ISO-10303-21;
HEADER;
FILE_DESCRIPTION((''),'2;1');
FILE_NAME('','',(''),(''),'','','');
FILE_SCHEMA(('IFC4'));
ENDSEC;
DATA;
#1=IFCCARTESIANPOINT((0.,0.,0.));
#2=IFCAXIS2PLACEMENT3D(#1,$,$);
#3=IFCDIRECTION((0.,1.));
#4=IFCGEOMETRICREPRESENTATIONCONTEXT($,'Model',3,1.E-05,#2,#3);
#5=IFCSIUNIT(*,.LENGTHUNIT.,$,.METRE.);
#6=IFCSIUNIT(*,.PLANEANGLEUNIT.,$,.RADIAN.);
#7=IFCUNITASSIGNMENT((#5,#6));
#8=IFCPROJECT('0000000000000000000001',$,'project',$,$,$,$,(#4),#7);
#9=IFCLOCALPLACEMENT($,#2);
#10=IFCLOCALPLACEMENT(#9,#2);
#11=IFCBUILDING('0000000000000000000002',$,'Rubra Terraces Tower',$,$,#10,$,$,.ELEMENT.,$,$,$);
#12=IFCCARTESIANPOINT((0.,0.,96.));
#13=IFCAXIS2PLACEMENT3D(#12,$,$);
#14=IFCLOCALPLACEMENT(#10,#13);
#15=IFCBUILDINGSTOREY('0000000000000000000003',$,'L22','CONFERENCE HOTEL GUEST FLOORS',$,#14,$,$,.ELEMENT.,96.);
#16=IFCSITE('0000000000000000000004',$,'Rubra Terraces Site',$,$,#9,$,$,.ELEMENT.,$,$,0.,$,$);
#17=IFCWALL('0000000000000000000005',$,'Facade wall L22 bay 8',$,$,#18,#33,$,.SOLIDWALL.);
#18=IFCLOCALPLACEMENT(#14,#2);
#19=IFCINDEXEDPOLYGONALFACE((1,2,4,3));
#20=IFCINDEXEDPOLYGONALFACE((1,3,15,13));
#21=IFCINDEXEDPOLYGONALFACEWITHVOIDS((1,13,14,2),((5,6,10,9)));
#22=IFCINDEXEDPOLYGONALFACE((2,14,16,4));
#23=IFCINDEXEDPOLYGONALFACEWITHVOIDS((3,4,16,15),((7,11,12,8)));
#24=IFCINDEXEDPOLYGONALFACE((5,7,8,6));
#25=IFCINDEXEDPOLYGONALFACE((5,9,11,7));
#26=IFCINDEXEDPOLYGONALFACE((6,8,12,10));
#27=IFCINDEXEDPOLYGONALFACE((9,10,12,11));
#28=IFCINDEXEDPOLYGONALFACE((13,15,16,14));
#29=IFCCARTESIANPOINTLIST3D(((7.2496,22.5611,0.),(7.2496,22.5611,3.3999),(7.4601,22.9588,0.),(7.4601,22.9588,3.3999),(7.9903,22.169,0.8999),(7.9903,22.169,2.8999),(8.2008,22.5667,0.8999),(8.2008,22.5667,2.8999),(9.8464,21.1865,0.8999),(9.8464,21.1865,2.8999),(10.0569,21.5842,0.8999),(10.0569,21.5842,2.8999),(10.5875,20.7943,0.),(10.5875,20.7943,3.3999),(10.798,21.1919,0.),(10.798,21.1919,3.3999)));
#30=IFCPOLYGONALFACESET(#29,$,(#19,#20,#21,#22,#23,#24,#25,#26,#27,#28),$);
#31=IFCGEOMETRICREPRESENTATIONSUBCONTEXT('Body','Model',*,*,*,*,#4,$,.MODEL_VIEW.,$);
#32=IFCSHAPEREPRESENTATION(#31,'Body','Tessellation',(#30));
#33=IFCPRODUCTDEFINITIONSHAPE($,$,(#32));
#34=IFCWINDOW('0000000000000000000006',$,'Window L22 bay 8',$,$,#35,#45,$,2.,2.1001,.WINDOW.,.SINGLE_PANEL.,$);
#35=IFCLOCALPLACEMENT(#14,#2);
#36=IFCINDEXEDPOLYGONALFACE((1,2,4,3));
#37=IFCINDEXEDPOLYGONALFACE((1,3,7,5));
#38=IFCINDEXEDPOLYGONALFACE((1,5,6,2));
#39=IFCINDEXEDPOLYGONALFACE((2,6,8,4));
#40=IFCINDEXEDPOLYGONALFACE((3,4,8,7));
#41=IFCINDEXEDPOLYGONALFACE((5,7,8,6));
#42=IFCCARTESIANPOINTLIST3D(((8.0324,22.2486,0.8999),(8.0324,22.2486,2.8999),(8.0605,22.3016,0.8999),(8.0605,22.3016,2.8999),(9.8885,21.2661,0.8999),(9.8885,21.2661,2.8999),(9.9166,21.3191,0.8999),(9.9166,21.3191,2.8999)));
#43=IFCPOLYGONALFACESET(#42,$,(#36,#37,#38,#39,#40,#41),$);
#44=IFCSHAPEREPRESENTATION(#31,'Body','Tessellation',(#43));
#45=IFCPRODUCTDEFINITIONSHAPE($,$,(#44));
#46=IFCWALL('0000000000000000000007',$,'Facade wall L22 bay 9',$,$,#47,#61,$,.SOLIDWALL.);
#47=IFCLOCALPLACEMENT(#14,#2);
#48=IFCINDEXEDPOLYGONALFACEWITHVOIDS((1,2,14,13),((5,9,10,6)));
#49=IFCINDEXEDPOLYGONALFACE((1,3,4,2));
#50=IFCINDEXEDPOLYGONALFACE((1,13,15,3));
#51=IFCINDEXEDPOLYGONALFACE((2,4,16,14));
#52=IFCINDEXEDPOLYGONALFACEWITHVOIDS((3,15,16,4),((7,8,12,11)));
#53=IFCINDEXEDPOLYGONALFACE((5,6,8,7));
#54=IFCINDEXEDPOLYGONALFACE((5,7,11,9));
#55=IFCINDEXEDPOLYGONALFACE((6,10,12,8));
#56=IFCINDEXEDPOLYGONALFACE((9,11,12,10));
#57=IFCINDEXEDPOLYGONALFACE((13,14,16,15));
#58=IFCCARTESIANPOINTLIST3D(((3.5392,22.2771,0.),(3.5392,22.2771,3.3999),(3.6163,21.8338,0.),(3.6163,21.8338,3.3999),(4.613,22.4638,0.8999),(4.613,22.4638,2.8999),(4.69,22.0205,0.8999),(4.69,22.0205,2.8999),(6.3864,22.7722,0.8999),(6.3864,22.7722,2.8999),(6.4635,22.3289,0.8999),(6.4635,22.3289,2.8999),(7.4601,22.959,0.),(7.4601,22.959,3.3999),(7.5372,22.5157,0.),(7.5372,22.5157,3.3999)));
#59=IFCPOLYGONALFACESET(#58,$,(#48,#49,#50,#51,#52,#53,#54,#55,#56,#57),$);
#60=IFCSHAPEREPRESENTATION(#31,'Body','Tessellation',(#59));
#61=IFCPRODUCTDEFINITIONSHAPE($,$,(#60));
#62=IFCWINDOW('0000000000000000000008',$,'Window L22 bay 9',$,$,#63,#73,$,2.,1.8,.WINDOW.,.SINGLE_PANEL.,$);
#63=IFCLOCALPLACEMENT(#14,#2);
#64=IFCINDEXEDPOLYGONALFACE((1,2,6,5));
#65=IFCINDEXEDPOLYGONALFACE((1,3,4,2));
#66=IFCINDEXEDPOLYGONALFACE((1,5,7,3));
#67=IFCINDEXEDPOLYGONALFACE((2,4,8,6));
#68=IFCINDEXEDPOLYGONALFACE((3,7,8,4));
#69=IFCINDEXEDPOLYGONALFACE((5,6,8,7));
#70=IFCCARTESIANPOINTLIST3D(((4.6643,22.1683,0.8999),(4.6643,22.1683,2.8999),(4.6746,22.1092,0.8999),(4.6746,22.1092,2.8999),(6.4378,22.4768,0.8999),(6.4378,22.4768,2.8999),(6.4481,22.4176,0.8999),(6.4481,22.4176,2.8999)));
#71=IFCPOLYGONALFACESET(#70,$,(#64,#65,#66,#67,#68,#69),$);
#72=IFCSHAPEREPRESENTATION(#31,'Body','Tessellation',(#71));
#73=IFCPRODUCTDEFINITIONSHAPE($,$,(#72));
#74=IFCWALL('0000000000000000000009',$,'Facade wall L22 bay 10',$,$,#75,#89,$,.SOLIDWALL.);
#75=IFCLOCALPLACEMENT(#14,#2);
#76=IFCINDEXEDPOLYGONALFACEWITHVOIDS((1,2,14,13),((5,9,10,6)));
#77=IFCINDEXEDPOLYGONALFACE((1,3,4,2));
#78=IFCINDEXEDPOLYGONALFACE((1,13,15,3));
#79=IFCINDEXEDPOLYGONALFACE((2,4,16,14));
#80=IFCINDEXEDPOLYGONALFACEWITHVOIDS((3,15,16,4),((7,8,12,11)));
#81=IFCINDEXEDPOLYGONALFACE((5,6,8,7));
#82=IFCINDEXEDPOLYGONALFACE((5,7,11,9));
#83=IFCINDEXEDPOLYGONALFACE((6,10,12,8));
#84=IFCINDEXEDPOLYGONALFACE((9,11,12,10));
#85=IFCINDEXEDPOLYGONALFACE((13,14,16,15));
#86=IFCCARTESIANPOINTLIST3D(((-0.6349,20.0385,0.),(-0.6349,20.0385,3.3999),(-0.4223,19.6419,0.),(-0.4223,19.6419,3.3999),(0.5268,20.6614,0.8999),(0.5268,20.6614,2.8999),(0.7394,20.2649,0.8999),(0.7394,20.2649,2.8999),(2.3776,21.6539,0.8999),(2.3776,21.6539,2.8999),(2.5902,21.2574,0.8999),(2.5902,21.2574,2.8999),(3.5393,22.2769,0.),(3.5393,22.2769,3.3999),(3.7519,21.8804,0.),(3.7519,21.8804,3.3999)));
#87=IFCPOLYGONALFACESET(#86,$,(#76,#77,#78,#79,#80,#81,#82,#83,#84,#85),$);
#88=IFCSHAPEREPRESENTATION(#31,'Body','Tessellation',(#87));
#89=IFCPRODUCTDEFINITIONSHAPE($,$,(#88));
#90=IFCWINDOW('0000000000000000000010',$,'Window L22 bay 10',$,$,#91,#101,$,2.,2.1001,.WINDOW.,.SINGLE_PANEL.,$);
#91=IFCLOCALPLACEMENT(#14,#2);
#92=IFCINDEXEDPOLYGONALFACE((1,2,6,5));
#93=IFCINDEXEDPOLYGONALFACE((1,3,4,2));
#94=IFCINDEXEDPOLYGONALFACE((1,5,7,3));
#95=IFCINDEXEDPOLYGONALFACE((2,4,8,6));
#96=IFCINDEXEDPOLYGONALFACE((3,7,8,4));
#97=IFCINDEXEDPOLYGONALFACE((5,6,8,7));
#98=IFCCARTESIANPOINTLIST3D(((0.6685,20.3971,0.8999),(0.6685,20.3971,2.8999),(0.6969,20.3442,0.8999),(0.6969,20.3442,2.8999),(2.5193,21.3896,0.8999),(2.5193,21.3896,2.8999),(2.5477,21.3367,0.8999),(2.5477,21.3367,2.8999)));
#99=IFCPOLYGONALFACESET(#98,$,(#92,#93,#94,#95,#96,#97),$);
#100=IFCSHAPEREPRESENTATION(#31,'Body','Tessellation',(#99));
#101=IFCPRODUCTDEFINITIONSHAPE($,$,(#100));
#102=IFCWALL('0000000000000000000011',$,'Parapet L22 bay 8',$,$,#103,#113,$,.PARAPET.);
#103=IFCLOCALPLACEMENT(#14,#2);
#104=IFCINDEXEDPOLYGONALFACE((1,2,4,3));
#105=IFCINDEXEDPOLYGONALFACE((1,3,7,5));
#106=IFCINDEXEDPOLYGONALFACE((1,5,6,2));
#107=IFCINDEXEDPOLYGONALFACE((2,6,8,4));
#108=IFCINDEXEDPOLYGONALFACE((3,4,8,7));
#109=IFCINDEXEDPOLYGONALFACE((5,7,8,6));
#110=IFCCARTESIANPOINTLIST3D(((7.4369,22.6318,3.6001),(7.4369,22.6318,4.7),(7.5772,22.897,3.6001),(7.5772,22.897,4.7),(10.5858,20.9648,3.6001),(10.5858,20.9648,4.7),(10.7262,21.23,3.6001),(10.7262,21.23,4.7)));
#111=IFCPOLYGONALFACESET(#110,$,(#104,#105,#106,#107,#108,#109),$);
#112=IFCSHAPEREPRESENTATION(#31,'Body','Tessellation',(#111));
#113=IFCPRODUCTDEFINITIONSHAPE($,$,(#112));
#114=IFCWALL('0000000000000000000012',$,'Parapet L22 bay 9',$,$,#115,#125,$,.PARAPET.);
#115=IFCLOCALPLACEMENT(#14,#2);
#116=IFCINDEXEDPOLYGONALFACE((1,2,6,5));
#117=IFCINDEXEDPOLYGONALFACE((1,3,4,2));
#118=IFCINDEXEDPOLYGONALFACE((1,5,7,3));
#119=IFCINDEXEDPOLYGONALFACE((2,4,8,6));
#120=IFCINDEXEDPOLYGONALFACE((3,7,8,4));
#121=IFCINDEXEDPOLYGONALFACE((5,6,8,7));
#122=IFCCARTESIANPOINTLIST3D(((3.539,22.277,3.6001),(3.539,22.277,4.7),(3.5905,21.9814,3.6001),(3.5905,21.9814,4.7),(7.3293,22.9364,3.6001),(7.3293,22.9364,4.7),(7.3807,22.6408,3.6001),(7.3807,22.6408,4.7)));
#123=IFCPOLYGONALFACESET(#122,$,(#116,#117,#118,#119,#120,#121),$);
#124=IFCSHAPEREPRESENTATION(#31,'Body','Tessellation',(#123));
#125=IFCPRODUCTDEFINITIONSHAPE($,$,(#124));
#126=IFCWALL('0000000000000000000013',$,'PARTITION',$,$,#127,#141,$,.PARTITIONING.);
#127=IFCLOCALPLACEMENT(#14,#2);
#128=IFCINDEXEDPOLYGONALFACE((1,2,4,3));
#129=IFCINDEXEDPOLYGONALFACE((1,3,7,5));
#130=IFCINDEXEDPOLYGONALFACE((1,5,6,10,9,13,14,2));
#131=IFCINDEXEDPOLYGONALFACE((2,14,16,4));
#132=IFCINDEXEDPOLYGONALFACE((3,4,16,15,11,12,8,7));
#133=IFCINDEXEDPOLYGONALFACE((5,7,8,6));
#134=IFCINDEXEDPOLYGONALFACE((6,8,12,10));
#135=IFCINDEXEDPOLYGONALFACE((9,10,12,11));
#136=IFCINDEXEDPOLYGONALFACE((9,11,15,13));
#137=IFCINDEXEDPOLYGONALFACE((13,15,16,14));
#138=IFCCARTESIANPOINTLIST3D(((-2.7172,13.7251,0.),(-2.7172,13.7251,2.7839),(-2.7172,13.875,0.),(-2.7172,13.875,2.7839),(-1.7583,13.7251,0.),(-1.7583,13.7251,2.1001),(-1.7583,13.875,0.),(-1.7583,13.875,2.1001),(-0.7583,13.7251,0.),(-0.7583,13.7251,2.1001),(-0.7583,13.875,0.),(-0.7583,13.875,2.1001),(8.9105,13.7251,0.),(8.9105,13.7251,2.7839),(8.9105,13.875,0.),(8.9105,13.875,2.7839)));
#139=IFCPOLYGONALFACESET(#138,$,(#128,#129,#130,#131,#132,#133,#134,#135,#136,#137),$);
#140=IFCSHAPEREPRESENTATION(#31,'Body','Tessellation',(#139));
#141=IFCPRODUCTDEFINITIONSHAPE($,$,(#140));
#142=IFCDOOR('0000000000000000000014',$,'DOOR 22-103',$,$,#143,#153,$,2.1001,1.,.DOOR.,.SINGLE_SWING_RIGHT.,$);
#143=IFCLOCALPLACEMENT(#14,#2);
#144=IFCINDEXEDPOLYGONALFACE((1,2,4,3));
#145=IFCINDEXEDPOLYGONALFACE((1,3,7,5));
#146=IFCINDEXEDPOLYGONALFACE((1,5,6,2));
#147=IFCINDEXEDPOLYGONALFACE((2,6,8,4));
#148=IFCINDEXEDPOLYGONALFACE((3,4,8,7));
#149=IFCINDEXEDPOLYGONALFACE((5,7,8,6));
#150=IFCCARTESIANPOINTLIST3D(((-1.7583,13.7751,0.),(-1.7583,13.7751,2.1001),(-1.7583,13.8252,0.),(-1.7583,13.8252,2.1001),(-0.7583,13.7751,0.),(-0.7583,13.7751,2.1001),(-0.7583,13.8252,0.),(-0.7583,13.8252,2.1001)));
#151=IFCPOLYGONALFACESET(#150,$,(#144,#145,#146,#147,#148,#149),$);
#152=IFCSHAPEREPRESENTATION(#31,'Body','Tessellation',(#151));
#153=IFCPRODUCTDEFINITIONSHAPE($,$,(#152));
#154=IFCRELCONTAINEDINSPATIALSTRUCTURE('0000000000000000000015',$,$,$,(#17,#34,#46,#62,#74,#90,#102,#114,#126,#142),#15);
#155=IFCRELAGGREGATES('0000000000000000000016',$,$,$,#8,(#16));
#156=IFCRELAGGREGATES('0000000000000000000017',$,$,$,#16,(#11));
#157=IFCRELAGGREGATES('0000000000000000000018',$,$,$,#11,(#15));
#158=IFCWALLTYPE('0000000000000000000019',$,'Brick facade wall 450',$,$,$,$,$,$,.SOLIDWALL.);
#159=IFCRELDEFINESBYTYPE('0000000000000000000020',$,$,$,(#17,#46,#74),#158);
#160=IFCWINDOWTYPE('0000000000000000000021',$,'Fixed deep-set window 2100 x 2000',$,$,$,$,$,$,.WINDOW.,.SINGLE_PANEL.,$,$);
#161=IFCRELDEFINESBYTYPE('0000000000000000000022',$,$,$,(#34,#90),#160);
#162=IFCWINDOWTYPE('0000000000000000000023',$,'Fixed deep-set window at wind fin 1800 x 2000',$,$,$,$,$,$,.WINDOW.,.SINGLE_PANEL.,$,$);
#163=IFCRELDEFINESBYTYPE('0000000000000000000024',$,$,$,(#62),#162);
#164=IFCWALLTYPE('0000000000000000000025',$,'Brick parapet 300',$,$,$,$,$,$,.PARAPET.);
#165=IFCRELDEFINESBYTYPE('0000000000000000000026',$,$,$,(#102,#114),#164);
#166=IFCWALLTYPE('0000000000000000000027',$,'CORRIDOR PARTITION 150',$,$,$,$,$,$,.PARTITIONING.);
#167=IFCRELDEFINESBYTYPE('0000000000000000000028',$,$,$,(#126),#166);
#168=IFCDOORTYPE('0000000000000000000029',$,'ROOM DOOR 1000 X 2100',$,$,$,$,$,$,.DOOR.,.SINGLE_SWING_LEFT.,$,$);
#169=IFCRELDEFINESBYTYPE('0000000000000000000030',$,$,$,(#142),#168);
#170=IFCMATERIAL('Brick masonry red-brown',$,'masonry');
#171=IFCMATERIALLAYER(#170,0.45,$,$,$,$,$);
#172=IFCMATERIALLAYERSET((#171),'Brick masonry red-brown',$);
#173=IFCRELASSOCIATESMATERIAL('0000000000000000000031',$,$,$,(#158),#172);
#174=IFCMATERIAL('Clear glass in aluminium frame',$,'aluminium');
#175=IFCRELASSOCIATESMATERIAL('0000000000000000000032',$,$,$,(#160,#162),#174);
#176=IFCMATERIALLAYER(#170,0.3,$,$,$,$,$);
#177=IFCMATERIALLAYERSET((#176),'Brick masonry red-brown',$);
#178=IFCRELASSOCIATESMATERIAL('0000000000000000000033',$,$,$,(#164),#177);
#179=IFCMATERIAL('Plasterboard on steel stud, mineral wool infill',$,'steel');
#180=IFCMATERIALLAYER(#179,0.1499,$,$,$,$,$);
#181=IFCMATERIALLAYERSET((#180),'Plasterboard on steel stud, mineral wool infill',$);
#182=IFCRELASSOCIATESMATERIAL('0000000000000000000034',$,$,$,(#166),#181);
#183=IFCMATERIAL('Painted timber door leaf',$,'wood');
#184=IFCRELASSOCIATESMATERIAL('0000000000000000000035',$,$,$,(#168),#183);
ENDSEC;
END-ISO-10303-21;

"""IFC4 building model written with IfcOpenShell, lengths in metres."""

from ifc_helpers import new_model, si_unit, direction, frame, frame_2d, origin, place, context, subcontext, project, spatial, rectangle, extrude, material, layer, layer_set, type_object, element, fill, save


model = new_model("IFC4")

# Units and contexts
model_context = context("Model", 3, precision=1e-05, world=origin(), true_north=direction((0.0, 1.0)))
body_context = subcontext(model_context, "Body", "Model", "MODEL_VIEW")
ifc_project = project(units=[si_unit("LENGTHUNIT", "METRE"), si_unit("PLANEANGLEUNIT", "RADIAN")], contexts=[model_context])

# Site, building, storey
site_placement = place(None, origin())
site = spatial("IfcSite", under=ifc_project, at=site_placement, Name="Rubra Terraces Site", CompositionType="ELEMENT", RefElevation=0.0)
building_placement = place(site_placement, origin())
building = spatial("IfcBuilding", under=site, at=building_placement, Name="Rubra Terraces Tower", CompositionType="ELEMENT")
storey_placement = place(building_placement, frame((0.0, 0.0, 96.0)))
storey = spatial("IfcBuildingStorey", under=building, at=storey_placement, Name="L22", Description="CONFERENCE HOTEL GUEST FLOORS", CompositionType="ELEMENT", Elevation=96.0)

# Walls, openings, windows
ifc_material_1 = material(Name="Brick masonry red-brown", Category="masonry")
ifc_layer_1 = layer(ifc_material_1, 0.45)
ifc_layer_set_1 = layer_set([ifc_layer_1], Name="Brick masonry red-brown")
wall_type_1 = type_object("IfcWallType", Name="Brick facade wall 450", PredefinedType="SOLIDWALL", material=ifc_layer_set_1)
wall_1_placement = place(storey_placement, frame((10.6926, 20.9932, 0.0), z_axis=(0.0, 0.0, 1.0), x_axis=(-0.883818, 0.467831, 0.0)))
wall_1 = element("IfcWall", 1, at=wall_1_placement, inside=storey, type_object=wall_type_1, Name="Facade wall L22 bay 8", PredefinedType="SOLIDWALL", context=body_context, shape_type="SweptSolid", body=[
    extrude(rectangle(XDim=3.7766, YDim=0.45, at=frame_2d((1.8882, 0.0))), origin(), (0.0, 0.0, 1.0), 3.3999),
])
opening_1_placement = place(wall_1_placement, frame((0.8384, 0.0, 0.8999)))
opening_1 = element("IfcOpeningElement", 2, at=opening_1_placement, cuts=wall_1, PredefinedType="OPENING", context=body_context, shape_type="SweptSolid", body=[
    extrude(rectangle(XDim=2.1001, YDim=2.0, at=frame_2d((1.05, 1.0))), frame((0.0, 0.2349, 0.0), z_axis=(0.0, -1.0, 0.0), x_axis=(1.0, 0.0, 0.0)), (0.0, 0.0, 1.0), 0.47),
])
ifc_material_2 = material(Name="Clear glass in aluminium frame", Category="aluminium")
window_type_1 = type_object("IfcWindowType", Name="Fixed deep-set window 2100 x 2000", PartitioningType="SINGLE_PANEL", PredefinedType="WINDOW", material=ifc_material_2)
window_1_placement = place(opening_1_placement, origin())
window_1 = element("IfcWindow", 3, at=window_1_placement, inside=storey, type_object=window_type_1, Name="Window L22 bay 8", OverallHeight=2.0, OverallWidth=2.1001, PartitioningType="SINGLE_PANEL", PredefinedType="WINDOW", context=body_context, shape_type="SweptSolid", body=[
    extrude(rectangle(XDim=2.1001, YDim=2.0, at=frame_2d((1.05, 1.0))), frame((0.0, 0.135, 0.0), z_axis=(0.0, -1.0, 0.0), x_axis=(1.0, 0.0, 0.0)), (0.0, 0.0, 1.0), 0.0601),
])
fill(opening_1, window_1)
wall_2_placement = place(storey_placement, frame((7.4985, 22.7373, 0.0), z_axis=(0.0, 0.0, 1.0), x_axis=(-0.985212, -0.171339, 0.0)))
wall_2 = element("IfcWall", 4, at=wall_2_placement, inside=storey, type_object=wall_type_1, Name="Facade wall L22 bay 9", PredefinedType="SOLIDWALL", context=body_context, shape_type="SweptSolid", body=[
    extrude(rectangle(XDim=3.9797, YDim=0.45, at=frame_2d((1.9897, 0.0))), origin(), (0.0, 0.0, 1.0), 3.3999),
])
opening_2_placement = place(wall_2_placement, frame((1.0898, 0.0, 0.8999)))
opening_2 = element("IfcOpeningElement", 5, at=opening_2_placement, cuts=wall_2, PredefinedType="OPENING", context=body_context, shape_type="SweptSolid", body=[
    extrude(rectangle(XDim=1.8, YDim=2.0, at=frame_2d((0.8999, 1.0))), frame((0.0, 0.2349, 0.0), z_axis=(0.0, -1.0, 0.0), x_axis=(1.0, 0.0, 0.0)), (0.0, 0.0, 1.0), 0.47),
])
window_type_2 = type_object("IfcWindowType", Name="Fixed deep-set window at wind fin 1800 x 2000", PartitioningType="SINGLE_PANEL", PredefinedType="WINDOW", material=ifc_material_2)
window_2_placement = place(opening_2_placement, origin())
window_2 = element("IfcWindow", 6, at=window_2_placement, inside=storey, type_object=window_type_2, Name="Window L22 bay 9", OverallHeight=2.0, OverallWidth=1.8, PartitioningType="SINGLE_PANEL", PredefinedType="WINDOW", context=body_context, shape_type="SweptSolid", body=[
    extrude(rectangle(XDim=1.8, YDim=2.0, at=frame_2d((0.8999, 1.0))), frame((0.0, 0.135, 0.0), z_axis=(0.0, -1.0, 0.0), x_axis=(1.0, 0.0, 0.0)), (0.0, 0.0, 1.0), 0.0601),
])
fill(opening_2, window_2)
wall_3_placement = place(storey_placement, frame((3.6455, 22.0786, 0.0), z_axis=(0.0, 0.0, 1.0), x_axis=(-0.881279, -0.472596, 0.0)))
wall_3 = element("IfcWall", 7, at=wall_3_placement, inside=storey, type_object=wall_type_1, Name="Facade wall L22 bay 10", PredefinedType="SOLIDWALL", context=body_context, shape_type="SweptSolid", body=[
    extrude(rectangle(XDim=4.7366, YDim=0.45, at=frame_2d((2.3682, 0.0))), origin(), (0.0, 0.0, 1.0), 3.3999),
])
opening_3_placement = place(wall_3_placement, frame((1.3181, 0.0, 0.8999)))
opening_3 = element("IfcOpeningElement", 8, at=opening_3_placement, cuts=wall_3, PredefinedType="OPENING", context=body_context, shape_type="SweptSolid", body=[
    extrude(rectangle(XDim=2.1001, YDim=2.0, at=frame_2d((1.05, 1.0))), frame((0.0, 0.2349, 0.0), z_axis=(0.0, -1.0, 0.0), x_axis=(1.0, 0.0, 0.0)), (0.0, 0.0, 1.0), 0.47),
])
window_3_placement = place(opening_3_placement, origin())
window_3 = element("IfcWindow", 9, at=window_3_placement, inside=storey, type_object=window_type_1, Name="Window L22 bay 10", OverallHeight=2.0, OverallWidth=2.1001, PartitioningType="SINGLE_PANEL", PredefinedType="WINDOW", context=body_context, shape_type="SweptSolid", body=[
    extrude(rectangle(XDim=2.1001, YDim=2.0, at=frame_2d((1.05, 1.0))), frame((0.0, 0.135, 0.0), z_axis=(0.0, -1.0, 0.0), x_axis=(1.0, 0.0, 0.0)), (0.0, 0.0, 1.0), 0.0601),
])
fill(opening_3, window_3)

# Walls
ifc_layer_2 = layer(ifc_material_1, 0.3)
ifc_layer_set_2 = layer_set([ifc_layer_2], Name="Brick masonry red-brown")
wall_type_2 = type_object("IfcWallType", Name="Brick parapet 300", PredefinedType="PARAPET", material=ifc_layer_set_2)
wall_4_placement = place(storey_placement, frame((10.656, 21.0974, 3.6001), z_axis=(0.0, 0.0, 1.0), x_axis=(-0.883798, 0.467869, 0.0)))
element("IfcWall", 10, at=wall_4_placement, inside=storey, type_object=wall_type_2, Name="Parapet L22 bay 8", PredefinedType="PARAPET", context=body_context, shape_type="SweptSolid", body=[
    extrude(rectangle(XDim=3.563, YDim=0.3, at=frame_2d((1.7815, 0.0))), origin(), (0.0, 0.0, 1.0), 1.0999),
])
wall_5_placement = place(storey_placement, frame((7.355, 22.7886, 3.6001), z_axis=(0.0, 0.0, 1.0), x_axis=(-0.985201, -0.171403, 0.0)))
element("IfcWall", 11, at=wall_5_placement, inside=storey, type_object=wall_type_2, Name="Parapet L22 bay 9", PredefinedType="PARAPET", context=body_context, shape_type="SweptSolid", body=[
    extrude(rectangle(XDim=3.8472, YDim=0.3, at=frame_2d((1.9236, 0.0))), origin(), (0.0, 0.0, 1.0), 1.0999),
])

# Wall, opening, door
ifc_material_3 = material(Name="Plasterboard on steel stud, mineral wool infill", Category="steel")
ifc_layer_3 = layer(ifc_material_3, 0.1499)
ifc_layer_set_3 = layer_set([ifc_layer_3], Name="Plasterboard on steel stud, mineral wool infill")
wall_type_3 = type_object("IfcWallType", Name="CORRIDOR PARTITION 150", PredefinedType="PARTITIONING", material=ifc_layer_set_3)
wall_6_placement = place(storey_placement, frame((8.9106, 13.8, 0.0), z_axis=(0.0, 0.0, 1.0), x_axis=(-1.0, 0.0, 0.0)))
wall_6 = element("IfcWall", 12, at=wall_6_placement, inside=storey, type_object=wall_type_3, Name="PARTITION", PredefinedType="PARTITIONING", context=body_context, shape_type="SweptSolid", body=[
    extrude(rectangle(XDim=11.6277, YDim=0.1499, at=frame_2d((5.814, 0.0))), origin(), (0.0, 0.0, 1.0), 2.7839),
])
opening_4_placement = place(wall_6_placement, frame((9.6689, 0.0, 0.0)))
opening_4 = element("IfcOpeningElement", 13, at=opening_4_placement, cuts=wall_6, PredefinedType="OPENING", context=body_context, shape_type="SweptSolid", body=[
    extrude(rectangle(XDim=1.0, YDim=2.1001, at=frame_2d((0.5, 1.05))), frame((0.0, 0.085, 0.0), z_axis=(0.0, -1.0, 0.0), x_axis=(1.0, 0.0, 0.0)), (0.0, 0.0, 1.0), 0.1699),
])
ifc_material_4 = material(Name="Painted timber door leaf", Category="wood")
door_type_1 = type_object("IfcDoorType", Name="ROOM DOOR 1000 X 2100", OperationType="SINGLE_SWING_LEFT", PredefinedType="DOOR", material=ifc_material_4)
door_1_placement = place(opening_4_placement, origin())
door_1 = element("IfcDoor", 14, at=door_1_placement, inside=storey, type_object=door_type_1, Name="DOOR 22-103", OperationType="SINGLE_SWING_RIGHT", OverallHeight=2.1001, OverallWidth=1.0, PredefinedType="DOOR", context=body_context, shape_type="SweptSolid", body=[
    extrude(rectangle(XDim=1.0, YDim=2.1001, at=frame_2d((0.5, 1.05))), frame((0.0, 0.0249, 0.0), z_axis=(0.0, -1.0, 0.0), x_axis=(1.0, 0.0, 0.0)), (0.0, 0.0, 1.0), 0.05),
])
fill(opening_4, door_1)

save(model, "model.ifc")
